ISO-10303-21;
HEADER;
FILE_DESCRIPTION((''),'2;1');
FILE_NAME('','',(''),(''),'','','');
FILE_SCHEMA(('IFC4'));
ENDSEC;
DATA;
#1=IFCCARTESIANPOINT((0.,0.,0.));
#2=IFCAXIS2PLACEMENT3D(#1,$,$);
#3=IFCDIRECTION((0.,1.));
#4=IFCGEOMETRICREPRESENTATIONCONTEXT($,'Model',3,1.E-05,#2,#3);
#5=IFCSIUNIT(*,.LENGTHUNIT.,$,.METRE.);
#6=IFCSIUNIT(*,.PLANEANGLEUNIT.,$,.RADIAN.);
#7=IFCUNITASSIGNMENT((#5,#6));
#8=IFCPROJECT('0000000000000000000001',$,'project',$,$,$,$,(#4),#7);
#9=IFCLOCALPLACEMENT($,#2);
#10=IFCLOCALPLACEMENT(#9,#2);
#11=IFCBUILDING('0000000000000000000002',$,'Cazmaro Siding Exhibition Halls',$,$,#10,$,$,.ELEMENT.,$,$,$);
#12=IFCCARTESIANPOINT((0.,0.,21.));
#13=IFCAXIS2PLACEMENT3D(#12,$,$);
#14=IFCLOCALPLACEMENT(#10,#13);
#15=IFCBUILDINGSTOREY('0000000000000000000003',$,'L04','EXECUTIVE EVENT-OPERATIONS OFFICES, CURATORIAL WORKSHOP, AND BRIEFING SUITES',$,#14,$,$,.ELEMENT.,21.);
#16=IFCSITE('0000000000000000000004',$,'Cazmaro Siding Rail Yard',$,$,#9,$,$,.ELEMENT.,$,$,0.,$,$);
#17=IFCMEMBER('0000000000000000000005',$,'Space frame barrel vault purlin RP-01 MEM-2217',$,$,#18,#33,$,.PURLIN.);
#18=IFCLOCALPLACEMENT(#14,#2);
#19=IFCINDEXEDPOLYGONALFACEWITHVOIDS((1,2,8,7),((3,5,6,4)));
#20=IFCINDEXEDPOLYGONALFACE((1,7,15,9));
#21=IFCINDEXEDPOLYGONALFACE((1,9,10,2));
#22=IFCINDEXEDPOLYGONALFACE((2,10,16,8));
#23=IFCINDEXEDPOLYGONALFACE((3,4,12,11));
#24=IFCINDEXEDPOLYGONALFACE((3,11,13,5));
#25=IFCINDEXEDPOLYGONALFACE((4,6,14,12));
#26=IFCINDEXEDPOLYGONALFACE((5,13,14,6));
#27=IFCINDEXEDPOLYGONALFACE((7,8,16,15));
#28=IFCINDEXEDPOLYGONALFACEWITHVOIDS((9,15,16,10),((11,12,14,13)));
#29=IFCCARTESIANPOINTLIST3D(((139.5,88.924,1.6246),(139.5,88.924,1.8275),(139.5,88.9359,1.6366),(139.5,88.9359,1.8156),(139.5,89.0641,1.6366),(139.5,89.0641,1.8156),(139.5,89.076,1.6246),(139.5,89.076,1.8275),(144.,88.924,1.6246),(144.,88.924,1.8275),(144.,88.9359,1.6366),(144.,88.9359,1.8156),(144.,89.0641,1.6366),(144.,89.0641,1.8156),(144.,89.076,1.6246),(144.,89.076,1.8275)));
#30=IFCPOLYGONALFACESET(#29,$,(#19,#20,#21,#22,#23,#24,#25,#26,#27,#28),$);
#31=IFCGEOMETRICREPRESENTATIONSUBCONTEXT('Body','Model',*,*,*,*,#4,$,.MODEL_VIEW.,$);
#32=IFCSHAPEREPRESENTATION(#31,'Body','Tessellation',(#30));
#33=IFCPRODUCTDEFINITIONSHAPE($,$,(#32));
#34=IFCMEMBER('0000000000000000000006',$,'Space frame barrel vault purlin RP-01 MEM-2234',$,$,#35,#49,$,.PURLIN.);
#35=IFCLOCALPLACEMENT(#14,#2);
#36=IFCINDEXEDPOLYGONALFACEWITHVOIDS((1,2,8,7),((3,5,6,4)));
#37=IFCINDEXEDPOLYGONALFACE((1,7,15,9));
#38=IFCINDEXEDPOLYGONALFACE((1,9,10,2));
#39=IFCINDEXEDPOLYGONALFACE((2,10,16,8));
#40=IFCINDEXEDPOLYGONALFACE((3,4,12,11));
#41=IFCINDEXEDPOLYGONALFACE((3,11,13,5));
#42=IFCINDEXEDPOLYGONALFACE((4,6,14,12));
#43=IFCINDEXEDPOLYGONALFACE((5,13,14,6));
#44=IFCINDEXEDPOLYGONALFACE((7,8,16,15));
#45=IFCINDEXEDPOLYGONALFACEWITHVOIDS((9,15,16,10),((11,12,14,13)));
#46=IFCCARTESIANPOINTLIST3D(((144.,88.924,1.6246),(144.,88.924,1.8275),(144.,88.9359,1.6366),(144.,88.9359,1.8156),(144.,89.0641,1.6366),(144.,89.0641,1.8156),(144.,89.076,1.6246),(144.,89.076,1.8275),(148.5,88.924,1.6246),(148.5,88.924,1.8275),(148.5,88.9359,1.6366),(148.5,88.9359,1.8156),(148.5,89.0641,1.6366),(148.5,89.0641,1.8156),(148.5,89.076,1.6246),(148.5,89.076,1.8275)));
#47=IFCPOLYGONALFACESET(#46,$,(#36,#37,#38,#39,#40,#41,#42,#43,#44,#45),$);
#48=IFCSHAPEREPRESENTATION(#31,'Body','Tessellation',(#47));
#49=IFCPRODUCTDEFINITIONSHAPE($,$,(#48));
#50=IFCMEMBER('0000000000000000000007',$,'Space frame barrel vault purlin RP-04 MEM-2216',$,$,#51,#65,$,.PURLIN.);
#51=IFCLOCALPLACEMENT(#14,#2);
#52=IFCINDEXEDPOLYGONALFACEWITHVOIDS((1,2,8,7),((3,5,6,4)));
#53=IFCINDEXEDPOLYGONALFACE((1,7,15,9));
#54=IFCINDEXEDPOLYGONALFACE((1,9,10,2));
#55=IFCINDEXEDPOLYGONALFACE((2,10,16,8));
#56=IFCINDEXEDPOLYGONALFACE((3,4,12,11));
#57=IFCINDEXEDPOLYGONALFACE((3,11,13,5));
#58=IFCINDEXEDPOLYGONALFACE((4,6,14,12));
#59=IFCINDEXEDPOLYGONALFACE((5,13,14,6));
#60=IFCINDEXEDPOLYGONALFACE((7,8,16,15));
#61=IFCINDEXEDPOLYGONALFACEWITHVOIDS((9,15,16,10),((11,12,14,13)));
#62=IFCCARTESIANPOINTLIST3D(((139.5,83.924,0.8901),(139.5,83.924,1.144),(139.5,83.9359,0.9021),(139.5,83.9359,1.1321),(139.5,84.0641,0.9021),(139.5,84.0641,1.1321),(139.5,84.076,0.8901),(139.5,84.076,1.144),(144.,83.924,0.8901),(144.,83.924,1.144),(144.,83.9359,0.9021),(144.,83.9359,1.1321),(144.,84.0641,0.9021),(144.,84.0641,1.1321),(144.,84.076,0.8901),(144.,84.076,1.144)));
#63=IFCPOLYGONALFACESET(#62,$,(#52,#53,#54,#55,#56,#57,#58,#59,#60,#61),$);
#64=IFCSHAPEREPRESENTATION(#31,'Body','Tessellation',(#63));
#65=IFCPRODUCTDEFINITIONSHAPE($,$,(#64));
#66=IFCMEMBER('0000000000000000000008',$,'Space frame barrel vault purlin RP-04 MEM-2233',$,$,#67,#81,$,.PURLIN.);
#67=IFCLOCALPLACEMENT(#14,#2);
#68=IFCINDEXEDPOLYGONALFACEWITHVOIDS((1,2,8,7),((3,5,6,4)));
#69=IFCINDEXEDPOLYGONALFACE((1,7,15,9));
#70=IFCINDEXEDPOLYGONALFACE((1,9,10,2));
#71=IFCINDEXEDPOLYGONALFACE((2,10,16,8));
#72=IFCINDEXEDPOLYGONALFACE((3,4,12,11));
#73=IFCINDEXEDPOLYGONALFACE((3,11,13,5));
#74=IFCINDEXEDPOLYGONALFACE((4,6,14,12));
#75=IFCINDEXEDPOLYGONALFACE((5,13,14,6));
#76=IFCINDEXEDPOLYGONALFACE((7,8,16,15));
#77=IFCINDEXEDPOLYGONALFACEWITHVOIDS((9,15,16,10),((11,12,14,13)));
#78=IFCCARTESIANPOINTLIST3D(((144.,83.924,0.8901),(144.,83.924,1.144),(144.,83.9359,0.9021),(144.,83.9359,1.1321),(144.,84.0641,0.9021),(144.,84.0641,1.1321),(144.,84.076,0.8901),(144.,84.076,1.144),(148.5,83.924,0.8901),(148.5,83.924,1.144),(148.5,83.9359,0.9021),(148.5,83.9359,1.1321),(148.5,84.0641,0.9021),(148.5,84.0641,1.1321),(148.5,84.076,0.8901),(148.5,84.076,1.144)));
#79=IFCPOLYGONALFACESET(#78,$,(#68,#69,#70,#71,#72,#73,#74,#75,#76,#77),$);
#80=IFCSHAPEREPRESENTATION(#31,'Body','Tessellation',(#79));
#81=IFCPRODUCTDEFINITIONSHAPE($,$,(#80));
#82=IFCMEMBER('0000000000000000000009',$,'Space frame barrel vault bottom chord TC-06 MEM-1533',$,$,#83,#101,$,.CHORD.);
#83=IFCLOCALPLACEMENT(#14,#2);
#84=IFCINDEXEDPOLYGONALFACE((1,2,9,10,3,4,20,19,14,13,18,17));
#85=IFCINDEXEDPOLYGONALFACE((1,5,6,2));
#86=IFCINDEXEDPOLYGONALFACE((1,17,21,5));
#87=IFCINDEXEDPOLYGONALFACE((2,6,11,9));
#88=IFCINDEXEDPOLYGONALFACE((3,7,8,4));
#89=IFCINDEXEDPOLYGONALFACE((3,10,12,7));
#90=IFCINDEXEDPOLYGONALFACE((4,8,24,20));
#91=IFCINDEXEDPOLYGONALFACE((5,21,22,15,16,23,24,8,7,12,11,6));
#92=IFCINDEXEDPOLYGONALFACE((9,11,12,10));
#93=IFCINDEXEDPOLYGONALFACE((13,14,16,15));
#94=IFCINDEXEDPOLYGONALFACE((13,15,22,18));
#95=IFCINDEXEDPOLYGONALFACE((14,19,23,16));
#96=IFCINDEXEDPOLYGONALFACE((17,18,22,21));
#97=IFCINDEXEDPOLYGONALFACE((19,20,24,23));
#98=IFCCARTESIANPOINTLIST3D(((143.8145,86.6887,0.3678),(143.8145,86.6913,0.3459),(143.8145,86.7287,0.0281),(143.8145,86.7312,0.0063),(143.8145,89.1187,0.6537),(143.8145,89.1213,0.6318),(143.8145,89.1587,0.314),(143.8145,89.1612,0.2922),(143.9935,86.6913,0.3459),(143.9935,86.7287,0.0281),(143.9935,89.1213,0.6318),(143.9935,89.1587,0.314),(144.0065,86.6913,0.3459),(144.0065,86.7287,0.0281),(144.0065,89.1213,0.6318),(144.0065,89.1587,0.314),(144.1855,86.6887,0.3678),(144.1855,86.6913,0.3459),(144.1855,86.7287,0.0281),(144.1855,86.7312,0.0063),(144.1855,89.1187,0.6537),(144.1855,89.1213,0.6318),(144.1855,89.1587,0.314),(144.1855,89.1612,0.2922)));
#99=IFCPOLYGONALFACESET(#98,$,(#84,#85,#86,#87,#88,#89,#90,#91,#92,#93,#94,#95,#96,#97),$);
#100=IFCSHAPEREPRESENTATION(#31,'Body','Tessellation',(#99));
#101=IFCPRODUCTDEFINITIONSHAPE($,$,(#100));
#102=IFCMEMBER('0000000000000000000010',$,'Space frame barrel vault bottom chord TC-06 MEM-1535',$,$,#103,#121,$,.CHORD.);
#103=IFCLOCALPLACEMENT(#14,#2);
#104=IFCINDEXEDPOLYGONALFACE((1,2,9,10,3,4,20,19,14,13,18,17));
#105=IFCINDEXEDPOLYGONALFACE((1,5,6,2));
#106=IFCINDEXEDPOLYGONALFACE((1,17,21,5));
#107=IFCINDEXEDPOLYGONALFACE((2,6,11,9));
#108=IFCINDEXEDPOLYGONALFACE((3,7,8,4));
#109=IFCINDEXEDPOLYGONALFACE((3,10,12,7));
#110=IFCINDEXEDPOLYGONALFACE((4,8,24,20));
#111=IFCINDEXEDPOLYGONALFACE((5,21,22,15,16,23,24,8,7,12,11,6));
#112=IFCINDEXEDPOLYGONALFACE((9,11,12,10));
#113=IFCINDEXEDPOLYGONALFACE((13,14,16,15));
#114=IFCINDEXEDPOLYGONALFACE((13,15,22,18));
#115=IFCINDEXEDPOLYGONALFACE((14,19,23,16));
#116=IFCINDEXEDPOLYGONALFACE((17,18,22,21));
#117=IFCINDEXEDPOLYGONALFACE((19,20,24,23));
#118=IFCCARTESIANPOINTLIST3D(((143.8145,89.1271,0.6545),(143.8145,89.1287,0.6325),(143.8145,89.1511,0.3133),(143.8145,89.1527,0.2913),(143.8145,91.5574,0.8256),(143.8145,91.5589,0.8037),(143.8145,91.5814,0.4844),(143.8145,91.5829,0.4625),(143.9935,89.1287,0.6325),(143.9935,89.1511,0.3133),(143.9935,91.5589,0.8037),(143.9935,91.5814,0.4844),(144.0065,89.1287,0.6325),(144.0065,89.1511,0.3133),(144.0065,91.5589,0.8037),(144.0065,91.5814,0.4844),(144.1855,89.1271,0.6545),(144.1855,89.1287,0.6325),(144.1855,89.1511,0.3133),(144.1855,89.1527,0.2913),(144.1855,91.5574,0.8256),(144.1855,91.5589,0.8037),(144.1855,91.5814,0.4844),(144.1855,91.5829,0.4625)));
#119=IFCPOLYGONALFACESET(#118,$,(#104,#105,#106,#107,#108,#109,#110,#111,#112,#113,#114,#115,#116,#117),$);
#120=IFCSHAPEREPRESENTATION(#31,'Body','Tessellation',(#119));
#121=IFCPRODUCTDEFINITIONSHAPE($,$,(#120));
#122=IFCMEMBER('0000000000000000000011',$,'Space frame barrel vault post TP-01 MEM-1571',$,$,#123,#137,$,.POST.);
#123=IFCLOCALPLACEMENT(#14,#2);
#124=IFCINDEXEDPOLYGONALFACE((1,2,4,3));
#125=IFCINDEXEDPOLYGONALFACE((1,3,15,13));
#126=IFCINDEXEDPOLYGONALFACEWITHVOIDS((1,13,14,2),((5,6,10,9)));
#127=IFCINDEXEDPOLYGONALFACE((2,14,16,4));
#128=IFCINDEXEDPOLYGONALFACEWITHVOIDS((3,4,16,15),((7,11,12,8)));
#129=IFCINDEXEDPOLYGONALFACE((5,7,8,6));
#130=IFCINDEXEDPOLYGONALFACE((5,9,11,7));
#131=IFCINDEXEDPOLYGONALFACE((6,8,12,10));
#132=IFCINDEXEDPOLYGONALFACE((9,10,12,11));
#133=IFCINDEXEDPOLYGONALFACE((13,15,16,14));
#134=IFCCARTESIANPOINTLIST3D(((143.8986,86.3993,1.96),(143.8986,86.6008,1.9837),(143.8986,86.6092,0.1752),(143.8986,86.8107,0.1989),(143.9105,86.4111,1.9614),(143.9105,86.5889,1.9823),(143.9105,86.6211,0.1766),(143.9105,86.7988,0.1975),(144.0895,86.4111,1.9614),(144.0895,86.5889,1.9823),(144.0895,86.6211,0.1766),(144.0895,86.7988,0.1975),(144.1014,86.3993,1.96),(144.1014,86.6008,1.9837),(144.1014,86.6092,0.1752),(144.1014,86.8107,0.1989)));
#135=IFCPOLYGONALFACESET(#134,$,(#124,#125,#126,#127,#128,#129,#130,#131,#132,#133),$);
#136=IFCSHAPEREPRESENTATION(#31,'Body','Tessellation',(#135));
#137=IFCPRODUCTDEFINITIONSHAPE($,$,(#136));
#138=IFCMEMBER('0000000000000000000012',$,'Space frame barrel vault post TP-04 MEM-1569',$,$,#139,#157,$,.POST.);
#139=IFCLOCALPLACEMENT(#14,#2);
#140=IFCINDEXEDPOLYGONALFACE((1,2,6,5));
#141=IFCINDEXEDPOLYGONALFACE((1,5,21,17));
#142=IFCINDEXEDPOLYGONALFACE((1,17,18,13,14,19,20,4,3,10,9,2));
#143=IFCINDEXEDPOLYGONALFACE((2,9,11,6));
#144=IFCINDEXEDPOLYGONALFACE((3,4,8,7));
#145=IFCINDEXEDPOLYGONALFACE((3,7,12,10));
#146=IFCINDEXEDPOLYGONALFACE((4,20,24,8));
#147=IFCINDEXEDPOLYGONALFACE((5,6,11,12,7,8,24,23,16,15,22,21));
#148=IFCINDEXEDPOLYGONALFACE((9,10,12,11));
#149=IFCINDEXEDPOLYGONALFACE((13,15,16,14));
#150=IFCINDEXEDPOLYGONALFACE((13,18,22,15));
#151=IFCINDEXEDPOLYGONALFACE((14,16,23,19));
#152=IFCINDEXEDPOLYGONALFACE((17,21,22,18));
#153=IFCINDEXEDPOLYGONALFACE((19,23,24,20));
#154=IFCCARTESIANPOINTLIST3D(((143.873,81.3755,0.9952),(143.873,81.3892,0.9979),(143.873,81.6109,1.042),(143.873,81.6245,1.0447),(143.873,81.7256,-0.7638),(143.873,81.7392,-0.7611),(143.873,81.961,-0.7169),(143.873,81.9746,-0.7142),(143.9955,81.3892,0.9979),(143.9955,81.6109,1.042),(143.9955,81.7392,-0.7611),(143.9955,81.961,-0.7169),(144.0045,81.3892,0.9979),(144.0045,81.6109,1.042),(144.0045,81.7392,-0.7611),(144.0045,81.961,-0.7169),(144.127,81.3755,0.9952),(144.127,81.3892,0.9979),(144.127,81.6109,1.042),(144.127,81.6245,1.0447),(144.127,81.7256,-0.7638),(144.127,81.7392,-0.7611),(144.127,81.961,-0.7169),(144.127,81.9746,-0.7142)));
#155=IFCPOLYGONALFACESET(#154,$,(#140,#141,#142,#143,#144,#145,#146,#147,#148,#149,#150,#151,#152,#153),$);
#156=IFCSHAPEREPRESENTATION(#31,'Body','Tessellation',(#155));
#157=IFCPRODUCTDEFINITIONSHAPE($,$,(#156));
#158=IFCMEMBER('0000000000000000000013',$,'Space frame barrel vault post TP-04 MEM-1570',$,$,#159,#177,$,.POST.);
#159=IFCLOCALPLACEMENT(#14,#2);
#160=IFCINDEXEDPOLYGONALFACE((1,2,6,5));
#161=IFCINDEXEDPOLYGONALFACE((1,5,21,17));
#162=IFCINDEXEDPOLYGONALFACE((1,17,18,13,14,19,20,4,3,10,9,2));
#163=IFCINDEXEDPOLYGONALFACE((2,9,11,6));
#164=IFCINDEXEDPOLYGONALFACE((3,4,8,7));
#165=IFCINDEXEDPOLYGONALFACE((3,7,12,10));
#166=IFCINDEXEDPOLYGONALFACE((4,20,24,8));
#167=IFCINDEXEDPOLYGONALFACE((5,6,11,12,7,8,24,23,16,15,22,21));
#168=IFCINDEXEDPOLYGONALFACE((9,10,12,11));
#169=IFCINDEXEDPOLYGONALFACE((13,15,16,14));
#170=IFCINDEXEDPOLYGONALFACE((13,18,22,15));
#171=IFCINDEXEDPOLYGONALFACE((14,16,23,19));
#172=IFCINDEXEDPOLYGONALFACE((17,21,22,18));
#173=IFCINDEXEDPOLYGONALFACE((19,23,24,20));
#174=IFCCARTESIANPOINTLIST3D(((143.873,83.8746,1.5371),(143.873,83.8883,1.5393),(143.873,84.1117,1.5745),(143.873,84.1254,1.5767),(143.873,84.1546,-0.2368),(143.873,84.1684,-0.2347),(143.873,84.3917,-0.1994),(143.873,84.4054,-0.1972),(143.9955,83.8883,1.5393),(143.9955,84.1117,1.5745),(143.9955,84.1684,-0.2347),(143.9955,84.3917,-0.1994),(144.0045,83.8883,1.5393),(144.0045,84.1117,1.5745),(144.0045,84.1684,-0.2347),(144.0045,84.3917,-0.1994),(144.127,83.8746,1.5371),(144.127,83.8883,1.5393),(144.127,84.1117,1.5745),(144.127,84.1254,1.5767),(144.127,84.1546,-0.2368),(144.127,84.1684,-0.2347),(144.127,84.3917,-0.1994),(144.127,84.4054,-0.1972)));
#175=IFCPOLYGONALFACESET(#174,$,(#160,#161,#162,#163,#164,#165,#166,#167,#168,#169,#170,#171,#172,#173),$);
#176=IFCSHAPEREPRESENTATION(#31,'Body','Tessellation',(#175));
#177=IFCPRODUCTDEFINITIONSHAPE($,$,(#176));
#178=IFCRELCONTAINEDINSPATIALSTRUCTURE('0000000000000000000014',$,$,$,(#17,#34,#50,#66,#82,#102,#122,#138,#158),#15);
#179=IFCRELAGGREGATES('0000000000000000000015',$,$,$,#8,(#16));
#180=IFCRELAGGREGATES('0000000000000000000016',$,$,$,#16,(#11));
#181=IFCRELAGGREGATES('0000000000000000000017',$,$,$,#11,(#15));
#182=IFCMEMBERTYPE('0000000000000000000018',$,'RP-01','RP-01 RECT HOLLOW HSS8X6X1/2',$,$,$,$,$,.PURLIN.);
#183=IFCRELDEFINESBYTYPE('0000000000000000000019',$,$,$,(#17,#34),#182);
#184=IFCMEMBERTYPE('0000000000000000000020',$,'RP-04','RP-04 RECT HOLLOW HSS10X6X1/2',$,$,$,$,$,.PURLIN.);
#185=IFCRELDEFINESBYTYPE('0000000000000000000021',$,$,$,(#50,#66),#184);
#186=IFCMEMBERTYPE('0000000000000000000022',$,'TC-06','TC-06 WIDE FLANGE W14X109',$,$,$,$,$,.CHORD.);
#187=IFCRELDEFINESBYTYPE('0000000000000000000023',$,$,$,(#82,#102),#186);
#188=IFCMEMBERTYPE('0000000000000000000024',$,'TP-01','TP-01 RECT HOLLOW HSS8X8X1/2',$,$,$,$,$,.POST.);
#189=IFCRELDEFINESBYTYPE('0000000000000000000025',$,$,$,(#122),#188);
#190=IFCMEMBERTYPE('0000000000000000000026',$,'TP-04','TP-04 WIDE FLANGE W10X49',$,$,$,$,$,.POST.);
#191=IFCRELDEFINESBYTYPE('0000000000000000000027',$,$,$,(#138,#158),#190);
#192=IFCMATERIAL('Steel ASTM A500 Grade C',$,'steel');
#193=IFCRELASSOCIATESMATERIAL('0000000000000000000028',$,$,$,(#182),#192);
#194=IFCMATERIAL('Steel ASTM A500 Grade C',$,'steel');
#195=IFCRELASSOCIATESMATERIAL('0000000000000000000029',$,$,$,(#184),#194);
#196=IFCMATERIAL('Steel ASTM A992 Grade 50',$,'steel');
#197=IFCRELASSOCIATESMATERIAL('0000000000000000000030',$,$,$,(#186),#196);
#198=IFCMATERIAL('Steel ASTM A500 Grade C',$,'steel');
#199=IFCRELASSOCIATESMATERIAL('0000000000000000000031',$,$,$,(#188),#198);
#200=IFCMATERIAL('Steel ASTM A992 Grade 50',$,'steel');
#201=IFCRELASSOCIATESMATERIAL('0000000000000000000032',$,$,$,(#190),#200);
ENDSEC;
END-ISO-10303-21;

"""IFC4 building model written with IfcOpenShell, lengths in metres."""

from ifc_helpers import new_model, si_unit, direction, frame, origin, origin_2d, place, context, subcontext, project, spatial, hollow_rectangle, i_section, extrude, material, material_profile, profile_set, type_object, element, save


model = new_model("IFC4")

# Units and contexts
model_context = context("Model", 3, precision=1e-05, world=origin(), true_north=direction((0.0, 1.0)))
body_context = subcontext(model_context, "Body", "Model", "MODEL_VIEW")
ifc_project = project(units=[si_unit("LENGTHUNIT", "METRE"), si_unit("PLANEANGLEUNIT", "RADIAN")], contexts=[model_context])

# Site, building, storey
site_placement = place(None, origin())
site = spatial("IfcSite", under=ifc_project, at=site_placement, Name="Cazmaro Siding Rail Yard", CompositionType="ELEMENT", RefElevation=0.0)
building_placement = place(site_placement, origin())
building = spatial("IfcBuilding", under=site, at=building_placement, Name="Cazmaro Siding Exhibition Halls", CompositionType="ELEMENT")
storey_placement = place(building_placement, frame((0.0, 0.0, 21.0)))
storey = spatial("IfcBuildingStorey", under=building, at=storey_placement, Name="L04", Description="EXECUTIVE EVENT-OPERATIONS OFFICES, CURATORIAL WORKSHOP, AND BRIEFING SUITES", CompositionType="ELEMENT", Elevation=21.0)

# Members
ifc_material_1 = material(Name="Steel ASTM A500 Grade C", Category="steel")
ifc_material_profile_1 = material_profile(ifc_material_1, hollow_rectangle(XDim=0.1521, YDim=0.2029, WallThickness=0.012, at=origin_2d()), Name="HSS8X6X1/2")
ifc_profile_set_1 = profile_set([ifc_material_profile_1], Name="Steel ASTM A500 Grade C")
member_type_1 = type_object("IfcMemberType", Name="RP-01", Description="RP-01 RECT HOLLOW HSS8X6X1/2", PredefinedType="PURLIN", material=ifc_profile_set_1)
for number, where, z_axis, x_axis, name in (
    (1, (139.5, 89.0, 1.7261), (1.0, 0.0, 0.0), (0.0, 1.0, 0.0), "Space frame barrel vault purlin RP-01 MEM-2217"),
    (2, (144.0, 89.0, 1.7261), (1.0, 0.0, 0.0), (0.0, 1.0, 0.0), "Space frame barrel vault purlin RP-01 MEM-2234"),
):
    element("IfcMember", number, at=place(storey_placement, frame(where, z_axis=z_axis, x_axis=x_axis)), inside=storey, type_object=member_type_1, Name=name, PredefinedType="PURLIN", context=body_context, shape_type="SweptSolid", body=[
        extrude(hollow_rectangle(XDim=0.1521, YDim=0.2029, WallThickness=0.012, at=origin_2d()), origin(), (0.0, 0.0, 1.0), 4.5),
    ])
ifc_material_2 = material(Name="Steel ASTM A500 Grade C", Category="steel")
ifc_material_profile_2 = material_profile(ifc_material_2, hollow_rectangle(XDim=0.1521, YDim=0.2539, WallThickness=0.012, at=origin_2d()), Name="HSS10X6X1/2")
ifc_profile_set_2 = profile_set([ifc_material_profile_2], Name="Steel ASTM A500 Grade C")
member_type_2 = type_object("IfcMemberType", Name="RP-04", Description="RP-04 RECT HOLLOW HSS10X6X1/2", PredefinedType="PURLIN", material=ifc_profile_set_2)
for number, where, z_axis, x_axis, name in (
    (3, (139.5, 84.0, 1.0171), (1.0, 0.0, 0.0), (0.0, 1.0, 0.0), "Space frame barrel vault purlin RP-04 MEM-2216"),
    (4, (144.0, 84.0, 1.0171), (1.0, 0.0, 0.0), (0.0, 1.0, 0.0), "Space frame barrel vault purlin RP-04 MEM-2233"),
):
    element("IfcMember", number, at=place(storey_placement, frame(where, z_axis=z_axis, x_axis=x_axis)), inside=storey, type_object=member_type_2, Name=name, PredefinedType="PURLIN", context=body_context, shape_type="SweptSolid", body=[
        extrude(hollow_rectangle(XDim=0.1521, YDim=0.2539, WallThickness=0.012, at=origin_2d()), origin(), (0.0, 0.0, 1.0), 4.5),
    ])
ifc_material_3 = material(Name="Steel ASTM A992 Grade 50", Category="steel")
ifc_material_profile_3 = material_profile(ifc_material_3, i_section(OverallWidth=0.3711, OverallDepth=0.364, WebThickness=0.0129, FlangeThickness=0.022, at=origin_2d()), Name="W14X109")
ifc_profile_set_3 = profile_set([ifc_material_profile_3], Name="Steel ASTM A992 Grade 50")
member_type_3 = type_object("IfcMemberType", Name="TC-06", Description="TC-06 WIDE FLANGE W14X109", PredefinedType="CHORD", material=ifc_profile_set_3)
member_1_placement = place(storey_placement, frame((144.0, 86.71, 0.187), z_axis=(0.0, 0.99315, 0.116847), x_axis=(-1.0, 0.0, 0.0)))
element("IfcMember", 5, at=member_1_placement, inside=storey, type_object=member_type_3, Name="Space frame barrel vault bottom chord TC-06 MEM-1533", PredefinedType="CHORD", context=body_context, shape_type="SweptSolid", body=[
    extrude(i_section(OverallWidth=0.3711, OverallDepth=0.364, WebThickness=0.0129, FlangeThickness=0.022, at=origin_2d()), origin(), (0.0, 0.0, 1.0), 2.4468),
])
member_2_placement = place(storey_placement, frame((144.0, 89.1399, 0.4729), z_axis=(0.0, 0.997529, 0.07025), x_axis=(-1.0, 0.0, 0.0)))
element("IfcMember", 6, at=member_2_placement, inside=storey, type_object=member_type_3, Name="Space frame barrel vault bottom chord TC-06 MEM-1535", PredefinedType="CHORD", context=body_context, shape_type="SweptSolid", body=[
    extrude(i_section(OverallWidth=0.3711, OverallDepth=0.364, WebThickness=0.0129, FlangeThickness=0.022, at=origin_2d()), origin(), (0.0, 0.0, 1.0), 2.4363),
])
ifc_material_4 = material(Name="Steel ASTM A500 Grade C", Category="steel")
ifc_material_profile_4 = material_profile(ifc_material_4, hollow_rectangle(XDim=0.2029, YDim=0.2029, WallThickness=0.012, at=origin_2d()), Name="HSS8X8X1/2")
ifc_profile_set_4 = profile_set([ifc_material_profile_4], Name="Steel ASTM A500 Grade C")
member_type_4 = type_object("IfcMemberType", Name="TP-01", Description="TP-01 RECT HOLLOW HSS8X8X1/2", PredefinedType="POST", material=ifc_profile_set_4)
member_3_placement = place(storey_placement, frame((144.0, 86.71, 0.187), z_axis=(0.0, -0.116825, 0.993152), x_axis=(1.0, 0.0, 0.0)))
element("IfcMember", 7, at=member_3_placement, inside=storey, type_object=member_type_4, Name="Space frame barrel vault post TP-01 MEM-1571", PredefinedType="POST", context=body_context, shape_type="SweptSolid", body=[
    extrude(hollow_rectangle(XDim=0.2029, YDim=0.2029, WallThickness=0.012, at=origin_2d()), origin(), (0.0, 0.0, 1.0), 1.7971),
])
ifc_material_5 = material(Name="Steel ASTM A992 Grade 50", Category="steel")
ifc_material_profile_5 = material_profile(ifc_material_5, i_section(OverallWidth=0.2539, OverallDepth=0.2539, WebThickness=0.009, FlangeThickness=0.0139, at=origin_2d()), Name="W10X49")
ifc_profile_set_5 = profile_set([ifc_material_profile_5], Name="Steel ASTM A992 Grade 50")
member_type_5 = type_object("IfcMemberType", Name="TP-04", Description="TP-04 WIDE FLANGE W10X49", PredefinedType="POST", material=ifc_profile_set_5)
member_4_placement = place(storey_placement, frame((144.0, 81.8501, -0.739), z_axis=(0.0, -0.1952, 0.980763), x_axis=(1.0, 0.0, 0.0)))
element("IfcMember", 8, at=member_4_placement, inside=storey, type_object=member_type_5, Name="Space frame barrel vault post TP-04 MEM-1569", PredefinedType="POST", context=body_context, shape_type="SweptSolid", body=[
    extrude(i_section(OverallWidth=0.2539, OverallDepth=0.2539, WebThickness=0.009, FlangeThickness=0.0139, at=origin_2d()), origin(), (0.0, 0.0, 1.0), 1.7935),
])
member_5_placement = place(storey_placement, frame((144.0, 84.28, -0.217), z_axis=(0.0, -0.155928, 0.987768), x_axis=(1.0, 0.0, 0.0)))
element("IfcMember", 9, at=member_5_placement, inside=storey, type_object=member_type_5, Name="Space frame barrel vault post TP-04 MEM-1570", PredefinedType="POST", context=body_context, shape_type="SweptSolid", body=[
    extrude(i_section(OverallWidth=0.2539, OverallDepth=0.2539, WebThickness=0.009, FlangeThickness=0.0139, at=origin_2d()), origin(), (0.0, 0.0, 1.0), 1.7959),
])

save(model, "model.ifc")
